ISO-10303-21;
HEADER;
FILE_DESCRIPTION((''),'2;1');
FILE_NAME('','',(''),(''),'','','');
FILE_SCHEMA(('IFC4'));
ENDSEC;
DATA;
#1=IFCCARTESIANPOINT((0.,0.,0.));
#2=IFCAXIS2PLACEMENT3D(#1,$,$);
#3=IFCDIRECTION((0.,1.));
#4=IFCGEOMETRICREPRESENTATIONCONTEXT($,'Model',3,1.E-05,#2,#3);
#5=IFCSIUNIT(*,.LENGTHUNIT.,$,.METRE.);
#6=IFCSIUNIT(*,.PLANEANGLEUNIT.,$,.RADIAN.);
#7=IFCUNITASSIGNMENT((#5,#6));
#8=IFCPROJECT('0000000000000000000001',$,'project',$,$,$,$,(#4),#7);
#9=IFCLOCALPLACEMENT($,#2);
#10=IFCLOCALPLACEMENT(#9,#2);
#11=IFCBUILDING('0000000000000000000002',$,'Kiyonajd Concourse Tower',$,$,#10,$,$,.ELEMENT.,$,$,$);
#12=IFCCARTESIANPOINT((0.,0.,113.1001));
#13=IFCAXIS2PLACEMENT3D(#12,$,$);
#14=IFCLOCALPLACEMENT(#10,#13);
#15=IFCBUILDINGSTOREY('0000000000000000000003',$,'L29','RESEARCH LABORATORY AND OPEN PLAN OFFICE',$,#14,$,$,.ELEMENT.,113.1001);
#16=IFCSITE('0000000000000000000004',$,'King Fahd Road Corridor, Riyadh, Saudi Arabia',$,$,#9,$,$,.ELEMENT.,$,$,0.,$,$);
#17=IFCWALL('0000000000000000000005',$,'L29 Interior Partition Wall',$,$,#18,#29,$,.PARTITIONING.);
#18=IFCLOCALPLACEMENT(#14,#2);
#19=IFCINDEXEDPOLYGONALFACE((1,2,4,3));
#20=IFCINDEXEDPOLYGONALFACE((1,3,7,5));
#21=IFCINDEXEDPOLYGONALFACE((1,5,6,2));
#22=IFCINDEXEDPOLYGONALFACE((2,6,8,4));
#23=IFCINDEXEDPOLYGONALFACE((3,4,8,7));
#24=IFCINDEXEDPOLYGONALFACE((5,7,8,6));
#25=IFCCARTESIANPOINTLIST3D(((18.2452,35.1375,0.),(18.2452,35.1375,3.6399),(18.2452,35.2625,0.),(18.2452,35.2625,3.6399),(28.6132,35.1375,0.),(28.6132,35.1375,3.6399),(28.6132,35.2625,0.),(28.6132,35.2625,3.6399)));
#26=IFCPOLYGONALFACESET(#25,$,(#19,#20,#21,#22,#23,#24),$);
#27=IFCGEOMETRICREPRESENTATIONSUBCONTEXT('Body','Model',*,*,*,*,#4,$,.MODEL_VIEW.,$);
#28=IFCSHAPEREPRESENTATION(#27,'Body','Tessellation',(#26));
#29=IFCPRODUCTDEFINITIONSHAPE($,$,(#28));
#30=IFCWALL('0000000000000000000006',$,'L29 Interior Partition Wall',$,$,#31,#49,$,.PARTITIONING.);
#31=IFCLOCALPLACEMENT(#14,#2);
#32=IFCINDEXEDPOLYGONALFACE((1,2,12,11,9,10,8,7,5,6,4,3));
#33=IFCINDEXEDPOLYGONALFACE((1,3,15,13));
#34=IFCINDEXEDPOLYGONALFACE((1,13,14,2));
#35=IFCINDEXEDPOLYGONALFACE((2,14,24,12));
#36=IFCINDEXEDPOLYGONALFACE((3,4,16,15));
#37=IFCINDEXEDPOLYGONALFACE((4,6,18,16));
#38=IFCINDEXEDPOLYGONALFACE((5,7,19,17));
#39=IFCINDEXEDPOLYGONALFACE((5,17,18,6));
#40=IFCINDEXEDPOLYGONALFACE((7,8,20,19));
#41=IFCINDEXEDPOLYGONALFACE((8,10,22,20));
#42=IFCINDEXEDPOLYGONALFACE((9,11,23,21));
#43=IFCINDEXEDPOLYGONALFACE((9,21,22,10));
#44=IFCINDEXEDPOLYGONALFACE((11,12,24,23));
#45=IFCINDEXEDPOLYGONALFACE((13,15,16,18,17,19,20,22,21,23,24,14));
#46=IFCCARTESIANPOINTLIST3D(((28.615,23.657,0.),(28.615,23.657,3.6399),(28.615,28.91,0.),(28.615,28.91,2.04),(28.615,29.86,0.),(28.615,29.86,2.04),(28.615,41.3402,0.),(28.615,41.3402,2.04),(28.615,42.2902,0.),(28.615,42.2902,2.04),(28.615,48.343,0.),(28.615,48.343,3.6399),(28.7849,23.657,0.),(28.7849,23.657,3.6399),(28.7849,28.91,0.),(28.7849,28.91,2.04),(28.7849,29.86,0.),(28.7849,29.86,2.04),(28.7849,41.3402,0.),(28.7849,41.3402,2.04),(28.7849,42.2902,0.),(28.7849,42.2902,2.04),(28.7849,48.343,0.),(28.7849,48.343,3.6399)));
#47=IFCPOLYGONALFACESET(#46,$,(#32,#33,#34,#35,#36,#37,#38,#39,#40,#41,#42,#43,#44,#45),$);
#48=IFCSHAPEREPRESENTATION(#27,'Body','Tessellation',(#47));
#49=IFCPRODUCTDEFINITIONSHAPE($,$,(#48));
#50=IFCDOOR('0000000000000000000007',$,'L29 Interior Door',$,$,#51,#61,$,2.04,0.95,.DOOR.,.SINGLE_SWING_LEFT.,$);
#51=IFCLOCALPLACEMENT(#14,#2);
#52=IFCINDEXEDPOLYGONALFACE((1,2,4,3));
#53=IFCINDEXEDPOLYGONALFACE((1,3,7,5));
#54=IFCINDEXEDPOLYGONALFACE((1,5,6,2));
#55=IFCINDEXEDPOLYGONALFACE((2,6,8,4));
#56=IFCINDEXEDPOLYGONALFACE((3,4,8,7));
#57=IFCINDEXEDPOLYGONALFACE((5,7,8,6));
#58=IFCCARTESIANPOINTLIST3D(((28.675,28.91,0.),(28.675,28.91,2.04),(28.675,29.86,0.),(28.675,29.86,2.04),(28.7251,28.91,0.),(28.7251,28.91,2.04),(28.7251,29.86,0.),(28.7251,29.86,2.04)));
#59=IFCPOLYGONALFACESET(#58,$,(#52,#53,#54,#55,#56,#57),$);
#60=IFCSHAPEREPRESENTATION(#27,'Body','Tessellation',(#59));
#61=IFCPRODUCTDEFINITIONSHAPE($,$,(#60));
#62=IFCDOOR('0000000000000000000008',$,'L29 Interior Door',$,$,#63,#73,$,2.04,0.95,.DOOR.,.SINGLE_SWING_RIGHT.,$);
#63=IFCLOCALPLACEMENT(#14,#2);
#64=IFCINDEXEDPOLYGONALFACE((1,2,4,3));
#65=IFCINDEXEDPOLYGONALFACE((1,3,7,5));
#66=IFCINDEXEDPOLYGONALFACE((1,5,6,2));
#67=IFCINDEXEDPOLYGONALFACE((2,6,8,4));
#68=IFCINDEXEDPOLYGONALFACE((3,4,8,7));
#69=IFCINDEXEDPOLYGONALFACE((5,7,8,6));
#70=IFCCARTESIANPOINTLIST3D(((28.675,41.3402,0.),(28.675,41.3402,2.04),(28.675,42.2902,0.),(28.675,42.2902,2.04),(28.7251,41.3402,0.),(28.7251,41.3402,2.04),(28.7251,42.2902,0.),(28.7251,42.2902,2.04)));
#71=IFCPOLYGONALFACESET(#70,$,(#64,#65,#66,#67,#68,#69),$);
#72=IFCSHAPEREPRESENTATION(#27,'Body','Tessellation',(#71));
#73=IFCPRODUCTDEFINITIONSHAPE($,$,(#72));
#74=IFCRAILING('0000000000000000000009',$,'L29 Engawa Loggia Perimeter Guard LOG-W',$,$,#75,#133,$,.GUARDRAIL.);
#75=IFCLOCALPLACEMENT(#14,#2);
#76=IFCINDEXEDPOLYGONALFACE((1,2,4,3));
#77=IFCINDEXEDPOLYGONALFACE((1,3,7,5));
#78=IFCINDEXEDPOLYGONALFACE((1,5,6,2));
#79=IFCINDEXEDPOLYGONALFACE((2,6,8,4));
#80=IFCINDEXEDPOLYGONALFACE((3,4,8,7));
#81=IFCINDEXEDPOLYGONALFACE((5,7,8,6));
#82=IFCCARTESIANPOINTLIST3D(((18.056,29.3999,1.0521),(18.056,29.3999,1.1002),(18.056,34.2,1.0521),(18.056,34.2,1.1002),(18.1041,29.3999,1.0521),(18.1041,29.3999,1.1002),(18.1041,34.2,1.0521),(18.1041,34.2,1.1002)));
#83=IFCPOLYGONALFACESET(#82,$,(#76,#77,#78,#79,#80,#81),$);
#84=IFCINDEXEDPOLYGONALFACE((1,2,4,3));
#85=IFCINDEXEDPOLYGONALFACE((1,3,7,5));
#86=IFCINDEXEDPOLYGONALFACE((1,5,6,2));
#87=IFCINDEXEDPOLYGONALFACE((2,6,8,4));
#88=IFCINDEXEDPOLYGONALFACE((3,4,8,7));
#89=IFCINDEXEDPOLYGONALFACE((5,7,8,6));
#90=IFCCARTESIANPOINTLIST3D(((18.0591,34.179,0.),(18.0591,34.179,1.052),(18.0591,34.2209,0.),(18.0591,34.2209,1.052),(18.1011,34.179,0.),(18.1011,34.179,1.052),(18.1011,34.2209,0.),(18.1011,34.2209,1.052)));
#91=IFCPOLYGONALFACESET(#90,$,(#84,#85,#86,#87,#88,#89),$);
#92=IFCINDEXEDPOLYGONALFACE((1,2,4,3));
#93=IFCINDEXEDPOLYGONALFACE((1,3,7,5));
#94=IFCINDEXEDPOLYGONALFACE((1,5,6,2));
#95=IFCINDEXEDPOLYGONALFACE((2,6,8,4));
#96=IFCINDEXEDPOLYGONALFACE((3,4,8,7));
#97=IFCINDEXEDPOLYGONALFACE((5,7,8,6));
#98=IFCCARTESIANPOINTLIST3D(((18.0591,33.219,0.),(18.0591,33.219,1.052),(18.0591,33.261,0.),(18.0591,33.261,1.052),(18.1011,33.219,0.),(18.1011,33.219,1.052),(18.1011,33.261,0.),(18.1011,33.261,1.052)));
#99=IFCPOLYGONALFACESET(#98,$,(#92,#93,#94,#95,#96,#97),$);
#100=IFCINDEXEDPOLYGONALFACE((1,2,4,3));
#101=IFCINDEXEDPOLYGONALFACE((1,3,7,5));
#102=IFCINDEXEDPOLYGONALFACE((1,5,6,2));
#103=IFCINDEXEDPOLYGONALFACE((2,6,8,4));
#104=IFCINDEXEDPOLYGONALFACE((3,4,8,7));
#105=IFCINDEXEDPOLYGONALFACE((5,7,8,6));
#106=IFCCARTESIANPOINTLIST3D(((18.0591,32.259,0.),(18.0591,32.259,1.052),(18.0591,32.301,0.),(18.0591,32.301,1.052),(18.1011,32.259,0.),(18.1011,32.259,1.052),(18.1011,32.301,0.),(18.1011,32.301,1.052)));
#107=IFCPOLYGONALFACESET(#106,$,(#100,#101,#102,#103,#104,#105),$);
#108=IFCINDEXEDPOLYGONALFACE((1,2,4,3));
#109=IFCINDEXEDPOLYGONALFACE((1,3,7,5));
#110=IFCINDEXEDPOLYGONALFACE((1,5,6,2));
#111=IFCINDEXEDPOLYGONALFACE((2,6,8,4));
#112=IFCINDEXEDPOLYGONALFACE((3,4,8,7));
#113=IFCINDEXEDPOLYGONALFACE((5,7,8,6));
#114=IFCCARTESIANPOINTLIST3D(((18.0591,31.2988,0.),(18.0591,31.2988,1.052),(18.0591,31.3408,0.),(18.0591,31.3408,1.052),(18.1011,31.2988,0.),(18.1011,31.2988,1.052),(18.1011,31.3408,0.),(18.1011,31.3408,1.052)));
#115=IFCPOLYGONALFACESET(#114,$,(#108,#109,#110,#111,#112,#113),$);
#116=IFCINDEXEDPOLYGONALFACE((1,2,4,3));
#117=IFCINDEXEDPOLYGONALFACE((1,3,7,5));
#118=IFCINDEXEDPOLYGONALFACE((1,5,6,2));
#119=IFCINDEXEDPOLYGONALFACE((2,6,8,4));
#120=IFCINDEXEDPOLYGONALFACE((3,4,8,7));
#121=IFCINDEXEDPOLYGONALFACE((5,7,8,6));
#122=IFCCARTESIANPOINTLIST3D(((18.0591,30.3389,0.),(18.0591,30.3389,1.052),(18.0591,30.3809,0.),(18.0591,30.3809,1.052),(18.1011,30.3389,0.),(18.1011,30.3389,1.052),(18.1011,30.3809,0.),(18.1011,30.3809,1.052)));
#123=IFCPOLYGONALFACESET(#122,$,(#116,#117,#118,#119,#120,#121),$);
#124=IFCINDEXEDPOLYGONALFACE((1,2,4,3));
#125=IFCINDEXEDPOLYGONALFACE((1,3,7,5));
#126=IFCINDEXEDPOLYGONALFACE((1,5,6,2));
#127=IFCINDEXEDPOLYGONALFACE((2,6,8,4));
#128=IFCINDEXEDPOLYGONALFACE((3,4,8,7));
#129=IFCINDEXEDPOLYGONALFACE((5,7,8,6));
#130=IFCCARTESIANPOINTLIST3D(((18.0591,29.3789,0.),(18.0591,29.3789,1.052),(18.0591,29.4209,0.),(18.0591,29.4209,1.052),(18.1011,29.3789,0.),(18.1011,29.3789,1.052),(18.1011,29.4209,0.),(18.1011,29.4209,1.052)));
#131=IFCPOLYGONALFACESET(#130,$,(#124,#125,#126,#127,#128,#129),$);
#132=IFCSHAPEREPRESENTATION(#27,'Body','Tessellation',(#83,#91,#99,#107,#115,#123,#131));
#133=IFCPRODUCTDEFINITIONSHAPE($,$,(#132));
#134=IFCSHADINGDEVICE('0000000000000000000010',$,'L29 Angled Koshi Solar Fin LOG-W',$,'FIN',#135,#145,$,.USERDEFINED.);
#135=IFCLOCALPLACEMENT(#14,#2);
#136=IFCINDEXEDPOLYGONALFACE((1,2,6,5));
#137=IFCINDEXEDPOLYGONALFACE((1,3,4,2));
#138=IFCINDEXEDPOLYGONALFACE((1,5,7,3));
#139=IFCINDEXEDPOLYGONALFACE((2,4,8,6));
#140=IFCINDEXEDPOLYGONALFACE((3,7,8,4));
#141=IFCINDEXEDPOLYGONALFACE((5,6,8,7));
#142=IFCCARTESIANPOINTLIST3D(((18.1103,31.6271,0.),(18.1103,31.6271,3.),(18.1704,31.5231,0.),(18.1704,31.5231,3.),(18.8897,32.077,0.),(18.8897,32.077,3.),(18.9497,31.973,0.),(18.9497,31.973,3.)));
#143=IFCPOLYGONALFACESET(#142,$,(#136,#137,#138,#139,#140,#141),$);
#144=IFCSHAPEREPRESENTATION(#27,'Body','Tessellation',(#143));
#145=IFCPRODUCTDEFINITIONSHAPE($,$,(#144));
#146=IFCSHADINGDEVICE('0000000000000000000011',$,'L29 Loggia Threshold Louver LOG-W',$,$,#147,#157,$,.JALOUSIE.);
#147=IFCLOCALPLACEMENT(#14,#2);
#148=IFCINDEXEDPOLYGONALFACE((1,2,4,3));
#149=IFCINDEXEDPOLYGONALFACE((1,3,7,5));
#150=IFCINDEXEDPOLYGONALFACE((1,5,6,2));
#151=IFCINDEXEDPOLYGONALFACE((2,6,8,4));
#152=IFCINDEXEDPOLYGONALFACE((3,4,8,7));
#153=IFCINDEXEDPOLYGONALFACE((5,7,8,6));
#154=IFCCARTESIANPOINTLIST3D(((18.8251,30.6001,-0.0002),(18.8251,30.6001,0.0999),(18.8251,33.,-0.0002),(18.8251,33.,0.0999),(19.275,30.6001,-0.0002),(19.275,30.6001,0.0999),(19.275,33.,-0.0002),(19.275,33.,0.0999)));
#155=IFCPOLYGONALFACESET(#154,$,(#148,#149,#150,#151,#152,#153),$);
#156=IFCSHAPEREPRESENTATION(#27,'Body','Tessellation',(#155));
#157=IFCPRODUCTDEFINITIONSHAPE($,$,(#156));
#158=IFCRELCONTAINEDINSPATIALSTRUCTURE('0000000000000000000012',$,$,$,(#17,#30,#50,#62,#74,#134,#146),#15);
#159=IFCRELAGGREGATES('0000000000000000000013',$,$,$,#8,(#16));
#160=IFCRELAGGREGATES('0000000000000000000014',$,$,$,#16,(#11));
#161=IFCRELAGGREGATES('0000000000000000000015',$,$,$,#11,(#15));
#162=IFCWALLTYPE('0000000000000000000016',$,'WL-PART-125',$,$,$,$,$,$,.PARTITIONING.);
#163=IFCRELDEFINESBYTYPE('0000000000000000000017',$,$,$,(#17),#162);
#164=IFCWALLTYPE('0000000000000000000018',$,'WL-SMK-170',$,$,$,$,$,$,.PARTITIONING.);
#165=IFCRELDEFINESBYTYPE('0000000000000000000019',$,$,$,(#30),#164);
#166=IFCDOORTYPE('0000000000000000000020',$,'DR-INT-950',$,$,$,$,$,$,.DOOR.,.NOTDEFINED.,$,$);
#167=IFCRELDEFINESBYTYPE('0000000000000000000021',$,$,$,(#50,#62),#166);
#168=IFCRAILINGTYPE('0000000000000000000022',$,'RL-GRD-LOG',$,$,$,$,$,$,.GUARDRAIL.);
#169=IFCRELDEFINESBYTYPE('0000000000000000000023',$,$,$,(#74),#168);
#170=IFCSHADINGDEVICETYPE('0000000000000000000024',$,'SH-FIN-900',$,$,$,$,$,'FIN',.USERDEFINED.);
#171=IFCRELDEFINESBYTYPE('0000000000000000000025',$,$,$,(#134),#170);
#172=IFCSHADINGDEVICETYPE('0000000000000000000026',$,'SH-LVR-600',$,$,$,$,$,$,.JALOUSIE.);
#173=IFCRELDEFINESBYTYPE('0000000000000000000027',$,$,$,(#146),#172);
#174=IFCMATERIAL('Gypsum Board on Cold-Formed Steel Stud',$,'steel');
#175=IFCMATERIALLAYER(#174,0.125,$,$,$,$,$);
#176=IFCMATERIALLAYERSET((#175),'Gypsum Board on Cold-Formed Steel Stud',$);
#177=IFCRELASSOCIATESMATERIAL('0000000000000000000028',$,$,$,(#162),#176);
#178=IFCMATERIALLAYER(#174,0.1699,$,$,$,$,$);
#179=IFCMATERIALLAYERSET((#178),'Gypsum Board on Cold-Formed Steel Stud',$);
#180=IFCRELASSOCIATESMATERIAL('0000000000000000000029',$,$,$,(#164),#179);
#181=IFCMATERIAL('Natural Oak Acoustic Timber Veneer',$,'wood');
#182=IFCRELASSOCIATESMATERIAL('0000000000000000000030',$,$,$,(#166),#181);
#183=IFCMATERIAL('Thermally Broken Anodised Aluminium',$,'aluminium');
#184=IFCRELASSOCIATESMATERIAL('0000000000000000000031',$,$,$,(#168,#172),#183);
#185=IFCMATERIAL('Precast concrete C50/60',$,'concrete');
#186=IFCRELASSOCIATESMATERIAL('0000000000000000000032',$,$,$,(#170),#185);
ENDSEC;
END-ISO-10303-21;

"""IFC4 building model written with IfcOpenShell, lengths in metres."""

from ifc_helpers import new_model, si_unit, direction, frame, frame_2d, origin, origin_2d, place, context, subcontext, project, spatial, rectangle, extrude, material, layer, layer_set, type_object, element, fill, save


model = new_model("IFC4")

# Units and contexts
model_context = context("Model", 3, precision=1e-05, world=origin(), true_north=direction((0.0, 1.0)))
body_context = subcontext(model_context, "Body", "Model", "MODEL_VIEW")
ifc_project = project(units=[si_unit("LENGTHUNIT", "METRE"), si_unit("PLANEANGLEUNIT", "RADIAN")], contexts=[model_context])

# Site, building, storey
site_placement = place(None, origin())
site = spatial("IfcSite", under=ifc_project, at=site_placement, Name="King Fahd Road Corridor, Riyadh, Saudi Arabia", CompositionType="ELEMENT", RefElevation=0.0)
building_placement = place(site_placement, origin())
building = spatial("IfcBuilding", under=site, at=building_placement, Name="Kiyonajd Concourse Tower", CompositionType="ELEMENT")
storey_placement = place(building_placement, frame((0.0, 0.0, 113.1001)))
storey = spatial("IfcBuildingStorey", under=building, at=storey_placement, Name="L29", Description="RESEARCH LABORATORY AND OPEN PLAN OFFICE", CompositionType="ELEMENT", Elevation=113.1001)

# Shared definitions
ifc_material_1 = material(Name="Precast concrete C50/60", Category="concrete")

# Shared definitions
ifc_material_2 = material(Name="Thermally Broken Anodised Aluminium", Category="aluminium")

# Wall
ifc_material_3 = material(Name="Gypsum Board on Cold-Formed Steel Stud", Category="steel")
ifc_layer_1 = layer(ifc_material_3, 0.125)
ifc_layer_set_1 = layer_set([ifc_layer_1], Name="Gypsum Board on Cold-Formed Steel Stud")
wall_type_1 = type_object("IfcWallType", Name="WL-PART-125", PredefinedType="PARTITIONING", material=ifc_layer_set_1)
wall_1_placement = place(storey_placement, frame((18.2451, 35.2, 0.0), z_axis=(0.0, 0.0, 1.0), x_axis=(1.0, 0.0, 0.0)))
element("IfcWall", 1, at=wall_1_placement, inside=storey, type_object=wall_type_1, Name="L29 Interior Partition Wall", PredefinedType="PARTITIONING", context=body_context, shape_type="SweptSolid", body=[
    extrude(rectangle(XDim=10.3679, YDim=0.125, at=frame_2d((5.1841, 0.0))), origin(), (0.0, 0.0, 1.0), 3.6399),
])

# Wall, openings, doors
ifc_layer_2 = layer(ifc_material_3, 0.1699)
ifc_layer_set_2 = layer_set([ifc_layer_2], Name="Gypsum Board on Cold-Formed Steel Stud")
wall_type_2 = type_object("IfcWallType", Name="WL-SMK-170", PredefinedType="PARTITIONING", material=ifc_layer_set_2)
wall_2_placement = place(storey_placement, frame((28.7, 23.657, 0.0), z_axis=(0.0, 0.0, 1.0), x_axis=(0.0, 1.0, 0.0)))
wall_2 = element("IfcWall", 2, at=wall_2_placement, inside=storey, type_object=wall_type_2, Name="L29 Interior Partition Wall", PredefinedType="PARTITIONING", context=body_context, shape_type="SweptSolid", body=[
    extrude(rectangle(XDim=24.686, YDim=0.1699, at=frame_2d((12.343, 0.0))), origin(), (0.0, 0.0, 1.0), 3.6399),
])
opening_1_placement = place(wall_2_placement, frame((5.2529, 0.0, 0.0)))
opening_1 = element("IfcOpeningElement", 3, at=opening_1_placement, cuts=wall_2, PredefinedType="OPENING", context=body_context, shape_type="SweptSolid", body=[
    extrude(rectangle(XDim=0.95, YDim=2.04, at=frame_2d((0.4751, 1.02))), frame((0.0, 0.095, 0.0), z_axis=(0.0, -1.0, 0.0), x_axis=(1.0, 0.0, 0.0)), (0.0, 0.0, 1.0), 0.1899),
])
opening_2_placement = place(wall_2_placement, frame((17.6831, 0.0, 0.0)))
opening_2 = element("IfcOpeningElement", 4, at=opening_2_placement, cuts=wall_2, PredefinedType="OPENING", context=body_context, shape_type="SweptSolid", body=[
    extrude(rectangle(XDim=0.95, YDim=2.04, at=frame_2d((0.4751, 1.02))), frame((0.0, 0.095, 0.0), z_axis=(0.0, -1.0, 0.0), x_axis=(1.0, 0.0, 0.0)), (0.0, 0.0, 1.0), 0.1899),
])
ifc_material_4 = material(Name="Natural Oak Acoustic Timber Veneer", Category="wood")
door_type_1 = type_object("IfcDoorType", Name="DR-INT-950", OperationType="NOTDEFINED", PredefinedType="DOOR", material=ifc_material_4)
door_1_placement = place(opening_1_placement, origin())
door_1 = element("IfcDoor", 5, at=door_1_placement, inside=storey, type_object=door_type_1, Name="L29 Interior Door", OperationType="SINGLE_SWING_LEFT", OverallHeight=2.04, OverallWidth=0.95, PredefinedType="DOOR", context=body_context, shape_type="SweptSolid", body=[
    extrude(rectangle(XDim=0.95, YDim=2.04, at=frame_2d((0.4751, 1.02))), frame((0.0, 0.0249, 0.0), z_axis=(0.0, -1.0, 0.0), x_axis=(1.0, 0.0, 0.0)), (0.0, 0.0, 1.0), 0.05),
])
fill(opening_1, door_1)
door_2_placement = place(opening_2_placement, origin())
door_2 = element("IfcDoor", 6, at=door_2_placement, inside=storey, type_object=door_type_1, Name="L29 Interior Door", OperationType="SINGLE_SWING_RIGHT", OverallHeight=2.04, OverallWidth=0.95, PredefinedType="DOOR", context=body_context, shape_type="SweptSolid", body=[
    extrude(rectangle(XDim=0.95, YDim=2.04, at=frame_2d((0.4751, 1.02))), frame((0.0, 0.0249, 0.0), z_axis=(0.0, -1.0, 0.0), x_axis=(1.0, 0.0, 0.0)), (0.0, 0.0, 1.0), 0.05),
])
fill(opening_2, door_2)

# Railing
railing_type = type_object("IfcRailingType", Name="RL-GRD-LOG", PredefinedType="GUARDRAIL", material=ifc_material_2)
railing_placement = place(storey_placement, frame((18.0801, 34.2, 0.0)))
element("IfcRailing", 7, at=railing_placement, inside=storey, type_object=railing_type, Name="L29 Engawa Loggia Perimeter Guard LOG-W", PredefinedType="GUARDRAIL", context=body_context, shape_type="SweptSolid", body=[
    extrude(rectangle(XDim=0.0481, YDim=0.0481, at=origin_2d()), frame((0.0, 0.0, 1.0762), z_axis=(0.0, -1.0, 0.0), x_axis=(1.0, 0.0, 0.0)), (0.0, 0.0, 1.0), 4.8),
    extrude(rectangle(XDim=0.042, YDim=0.042, at=origin_2d()), origin(), (0.0, 0.0, 1.0), 1.052),
    extrude(rectangle(XDim=0.042, YDim=0.042, at=origin_2d()), frame((0.0, -0.96, 0.0)), (0.0, 0.0, 1.0), 1.052),
    extrude(rectangle(XDim=0.042, YDim=0.042, at=origin_2d()), frame((0.0, -1.9199, 0.0)), (0.0, 0.0, 1.0), 1.052),
    extrude(rectangle(XDim=0.042, YDim=0.042, at=origin_2d()), frame((0.0, -2.8801, 0.0)), (0.0, 0.0, 1.0), 1.052),
    extrude(rectangle(XDim=0.042, YDim=0.042, at=origin_2d()), frame((0.0, -3.8401, 0.0)), (0.0, 0.0, 1.0), 1.052),
    extrude(rectangle(XDim=0.042, YDim=0.042, at=origin_2d()), frame((0.0, -4.8, 0.0)), (0.0, 0.0, 1.0), 1.052),
])

# Shading devices
shading_device_type_1 = type_object("IfcShadingDeviceType", Name="SH-FIN-900", ElementType="FIN", PredefinedType="USERDEFINED", material=ifc_material_1)
shading_device_1_placement = place(storey_placement, frame((18.53, 31.8, 0.0), z_axis=(0.0, 0.0, 1.0), x_axis=(0.866025, 0.5, 0.0)))
element("IfcShadingDevice", 8, at=shading_device_1_placement, inside=storey, type_object=shading_device_type_1, Name="L29 Angled Koshi Solar Fin LOG-W", ObjectType="FIN", PredefinedType="USERDEFINED", context=body_context, shape_type="SweptSolid", body=[
    extrude(rectangle(XDim=0.8999, YDim=0.1201, at=origin_2d()), origin(), (0.0, 0.0, 1.0), 3.0),
])
shading_device_type_2 = type_object("IfcShadingDeviceType", Name="SH-LVR-600", PredefinedType="JALOUSIE", material=ifc_material_2)
shading_device_2_placement = place(storey_placement, frame((19.05, 31.8, -0.0002), z_axis=(0.0, 0.0, 1.0), x_axis=(0.0, 1.0, 0.0)))
element("IfcShadingDevice", 9, at=shading_device_2_placement, inside=storey, type_object=shading_device_type_2, Name="L29 Loggia Threshold Louver LOG-W", PredefinedType="JALOUSIE", context=body_context, shape_type="SweptSolid", body=[
    extrude(rectangle(XDim=2.3999, YDim=0.45, at=origin_2d()), origin(), (0.0, 0.0, 1.0), 0.1001),
])

save(model, "model.ifc")
